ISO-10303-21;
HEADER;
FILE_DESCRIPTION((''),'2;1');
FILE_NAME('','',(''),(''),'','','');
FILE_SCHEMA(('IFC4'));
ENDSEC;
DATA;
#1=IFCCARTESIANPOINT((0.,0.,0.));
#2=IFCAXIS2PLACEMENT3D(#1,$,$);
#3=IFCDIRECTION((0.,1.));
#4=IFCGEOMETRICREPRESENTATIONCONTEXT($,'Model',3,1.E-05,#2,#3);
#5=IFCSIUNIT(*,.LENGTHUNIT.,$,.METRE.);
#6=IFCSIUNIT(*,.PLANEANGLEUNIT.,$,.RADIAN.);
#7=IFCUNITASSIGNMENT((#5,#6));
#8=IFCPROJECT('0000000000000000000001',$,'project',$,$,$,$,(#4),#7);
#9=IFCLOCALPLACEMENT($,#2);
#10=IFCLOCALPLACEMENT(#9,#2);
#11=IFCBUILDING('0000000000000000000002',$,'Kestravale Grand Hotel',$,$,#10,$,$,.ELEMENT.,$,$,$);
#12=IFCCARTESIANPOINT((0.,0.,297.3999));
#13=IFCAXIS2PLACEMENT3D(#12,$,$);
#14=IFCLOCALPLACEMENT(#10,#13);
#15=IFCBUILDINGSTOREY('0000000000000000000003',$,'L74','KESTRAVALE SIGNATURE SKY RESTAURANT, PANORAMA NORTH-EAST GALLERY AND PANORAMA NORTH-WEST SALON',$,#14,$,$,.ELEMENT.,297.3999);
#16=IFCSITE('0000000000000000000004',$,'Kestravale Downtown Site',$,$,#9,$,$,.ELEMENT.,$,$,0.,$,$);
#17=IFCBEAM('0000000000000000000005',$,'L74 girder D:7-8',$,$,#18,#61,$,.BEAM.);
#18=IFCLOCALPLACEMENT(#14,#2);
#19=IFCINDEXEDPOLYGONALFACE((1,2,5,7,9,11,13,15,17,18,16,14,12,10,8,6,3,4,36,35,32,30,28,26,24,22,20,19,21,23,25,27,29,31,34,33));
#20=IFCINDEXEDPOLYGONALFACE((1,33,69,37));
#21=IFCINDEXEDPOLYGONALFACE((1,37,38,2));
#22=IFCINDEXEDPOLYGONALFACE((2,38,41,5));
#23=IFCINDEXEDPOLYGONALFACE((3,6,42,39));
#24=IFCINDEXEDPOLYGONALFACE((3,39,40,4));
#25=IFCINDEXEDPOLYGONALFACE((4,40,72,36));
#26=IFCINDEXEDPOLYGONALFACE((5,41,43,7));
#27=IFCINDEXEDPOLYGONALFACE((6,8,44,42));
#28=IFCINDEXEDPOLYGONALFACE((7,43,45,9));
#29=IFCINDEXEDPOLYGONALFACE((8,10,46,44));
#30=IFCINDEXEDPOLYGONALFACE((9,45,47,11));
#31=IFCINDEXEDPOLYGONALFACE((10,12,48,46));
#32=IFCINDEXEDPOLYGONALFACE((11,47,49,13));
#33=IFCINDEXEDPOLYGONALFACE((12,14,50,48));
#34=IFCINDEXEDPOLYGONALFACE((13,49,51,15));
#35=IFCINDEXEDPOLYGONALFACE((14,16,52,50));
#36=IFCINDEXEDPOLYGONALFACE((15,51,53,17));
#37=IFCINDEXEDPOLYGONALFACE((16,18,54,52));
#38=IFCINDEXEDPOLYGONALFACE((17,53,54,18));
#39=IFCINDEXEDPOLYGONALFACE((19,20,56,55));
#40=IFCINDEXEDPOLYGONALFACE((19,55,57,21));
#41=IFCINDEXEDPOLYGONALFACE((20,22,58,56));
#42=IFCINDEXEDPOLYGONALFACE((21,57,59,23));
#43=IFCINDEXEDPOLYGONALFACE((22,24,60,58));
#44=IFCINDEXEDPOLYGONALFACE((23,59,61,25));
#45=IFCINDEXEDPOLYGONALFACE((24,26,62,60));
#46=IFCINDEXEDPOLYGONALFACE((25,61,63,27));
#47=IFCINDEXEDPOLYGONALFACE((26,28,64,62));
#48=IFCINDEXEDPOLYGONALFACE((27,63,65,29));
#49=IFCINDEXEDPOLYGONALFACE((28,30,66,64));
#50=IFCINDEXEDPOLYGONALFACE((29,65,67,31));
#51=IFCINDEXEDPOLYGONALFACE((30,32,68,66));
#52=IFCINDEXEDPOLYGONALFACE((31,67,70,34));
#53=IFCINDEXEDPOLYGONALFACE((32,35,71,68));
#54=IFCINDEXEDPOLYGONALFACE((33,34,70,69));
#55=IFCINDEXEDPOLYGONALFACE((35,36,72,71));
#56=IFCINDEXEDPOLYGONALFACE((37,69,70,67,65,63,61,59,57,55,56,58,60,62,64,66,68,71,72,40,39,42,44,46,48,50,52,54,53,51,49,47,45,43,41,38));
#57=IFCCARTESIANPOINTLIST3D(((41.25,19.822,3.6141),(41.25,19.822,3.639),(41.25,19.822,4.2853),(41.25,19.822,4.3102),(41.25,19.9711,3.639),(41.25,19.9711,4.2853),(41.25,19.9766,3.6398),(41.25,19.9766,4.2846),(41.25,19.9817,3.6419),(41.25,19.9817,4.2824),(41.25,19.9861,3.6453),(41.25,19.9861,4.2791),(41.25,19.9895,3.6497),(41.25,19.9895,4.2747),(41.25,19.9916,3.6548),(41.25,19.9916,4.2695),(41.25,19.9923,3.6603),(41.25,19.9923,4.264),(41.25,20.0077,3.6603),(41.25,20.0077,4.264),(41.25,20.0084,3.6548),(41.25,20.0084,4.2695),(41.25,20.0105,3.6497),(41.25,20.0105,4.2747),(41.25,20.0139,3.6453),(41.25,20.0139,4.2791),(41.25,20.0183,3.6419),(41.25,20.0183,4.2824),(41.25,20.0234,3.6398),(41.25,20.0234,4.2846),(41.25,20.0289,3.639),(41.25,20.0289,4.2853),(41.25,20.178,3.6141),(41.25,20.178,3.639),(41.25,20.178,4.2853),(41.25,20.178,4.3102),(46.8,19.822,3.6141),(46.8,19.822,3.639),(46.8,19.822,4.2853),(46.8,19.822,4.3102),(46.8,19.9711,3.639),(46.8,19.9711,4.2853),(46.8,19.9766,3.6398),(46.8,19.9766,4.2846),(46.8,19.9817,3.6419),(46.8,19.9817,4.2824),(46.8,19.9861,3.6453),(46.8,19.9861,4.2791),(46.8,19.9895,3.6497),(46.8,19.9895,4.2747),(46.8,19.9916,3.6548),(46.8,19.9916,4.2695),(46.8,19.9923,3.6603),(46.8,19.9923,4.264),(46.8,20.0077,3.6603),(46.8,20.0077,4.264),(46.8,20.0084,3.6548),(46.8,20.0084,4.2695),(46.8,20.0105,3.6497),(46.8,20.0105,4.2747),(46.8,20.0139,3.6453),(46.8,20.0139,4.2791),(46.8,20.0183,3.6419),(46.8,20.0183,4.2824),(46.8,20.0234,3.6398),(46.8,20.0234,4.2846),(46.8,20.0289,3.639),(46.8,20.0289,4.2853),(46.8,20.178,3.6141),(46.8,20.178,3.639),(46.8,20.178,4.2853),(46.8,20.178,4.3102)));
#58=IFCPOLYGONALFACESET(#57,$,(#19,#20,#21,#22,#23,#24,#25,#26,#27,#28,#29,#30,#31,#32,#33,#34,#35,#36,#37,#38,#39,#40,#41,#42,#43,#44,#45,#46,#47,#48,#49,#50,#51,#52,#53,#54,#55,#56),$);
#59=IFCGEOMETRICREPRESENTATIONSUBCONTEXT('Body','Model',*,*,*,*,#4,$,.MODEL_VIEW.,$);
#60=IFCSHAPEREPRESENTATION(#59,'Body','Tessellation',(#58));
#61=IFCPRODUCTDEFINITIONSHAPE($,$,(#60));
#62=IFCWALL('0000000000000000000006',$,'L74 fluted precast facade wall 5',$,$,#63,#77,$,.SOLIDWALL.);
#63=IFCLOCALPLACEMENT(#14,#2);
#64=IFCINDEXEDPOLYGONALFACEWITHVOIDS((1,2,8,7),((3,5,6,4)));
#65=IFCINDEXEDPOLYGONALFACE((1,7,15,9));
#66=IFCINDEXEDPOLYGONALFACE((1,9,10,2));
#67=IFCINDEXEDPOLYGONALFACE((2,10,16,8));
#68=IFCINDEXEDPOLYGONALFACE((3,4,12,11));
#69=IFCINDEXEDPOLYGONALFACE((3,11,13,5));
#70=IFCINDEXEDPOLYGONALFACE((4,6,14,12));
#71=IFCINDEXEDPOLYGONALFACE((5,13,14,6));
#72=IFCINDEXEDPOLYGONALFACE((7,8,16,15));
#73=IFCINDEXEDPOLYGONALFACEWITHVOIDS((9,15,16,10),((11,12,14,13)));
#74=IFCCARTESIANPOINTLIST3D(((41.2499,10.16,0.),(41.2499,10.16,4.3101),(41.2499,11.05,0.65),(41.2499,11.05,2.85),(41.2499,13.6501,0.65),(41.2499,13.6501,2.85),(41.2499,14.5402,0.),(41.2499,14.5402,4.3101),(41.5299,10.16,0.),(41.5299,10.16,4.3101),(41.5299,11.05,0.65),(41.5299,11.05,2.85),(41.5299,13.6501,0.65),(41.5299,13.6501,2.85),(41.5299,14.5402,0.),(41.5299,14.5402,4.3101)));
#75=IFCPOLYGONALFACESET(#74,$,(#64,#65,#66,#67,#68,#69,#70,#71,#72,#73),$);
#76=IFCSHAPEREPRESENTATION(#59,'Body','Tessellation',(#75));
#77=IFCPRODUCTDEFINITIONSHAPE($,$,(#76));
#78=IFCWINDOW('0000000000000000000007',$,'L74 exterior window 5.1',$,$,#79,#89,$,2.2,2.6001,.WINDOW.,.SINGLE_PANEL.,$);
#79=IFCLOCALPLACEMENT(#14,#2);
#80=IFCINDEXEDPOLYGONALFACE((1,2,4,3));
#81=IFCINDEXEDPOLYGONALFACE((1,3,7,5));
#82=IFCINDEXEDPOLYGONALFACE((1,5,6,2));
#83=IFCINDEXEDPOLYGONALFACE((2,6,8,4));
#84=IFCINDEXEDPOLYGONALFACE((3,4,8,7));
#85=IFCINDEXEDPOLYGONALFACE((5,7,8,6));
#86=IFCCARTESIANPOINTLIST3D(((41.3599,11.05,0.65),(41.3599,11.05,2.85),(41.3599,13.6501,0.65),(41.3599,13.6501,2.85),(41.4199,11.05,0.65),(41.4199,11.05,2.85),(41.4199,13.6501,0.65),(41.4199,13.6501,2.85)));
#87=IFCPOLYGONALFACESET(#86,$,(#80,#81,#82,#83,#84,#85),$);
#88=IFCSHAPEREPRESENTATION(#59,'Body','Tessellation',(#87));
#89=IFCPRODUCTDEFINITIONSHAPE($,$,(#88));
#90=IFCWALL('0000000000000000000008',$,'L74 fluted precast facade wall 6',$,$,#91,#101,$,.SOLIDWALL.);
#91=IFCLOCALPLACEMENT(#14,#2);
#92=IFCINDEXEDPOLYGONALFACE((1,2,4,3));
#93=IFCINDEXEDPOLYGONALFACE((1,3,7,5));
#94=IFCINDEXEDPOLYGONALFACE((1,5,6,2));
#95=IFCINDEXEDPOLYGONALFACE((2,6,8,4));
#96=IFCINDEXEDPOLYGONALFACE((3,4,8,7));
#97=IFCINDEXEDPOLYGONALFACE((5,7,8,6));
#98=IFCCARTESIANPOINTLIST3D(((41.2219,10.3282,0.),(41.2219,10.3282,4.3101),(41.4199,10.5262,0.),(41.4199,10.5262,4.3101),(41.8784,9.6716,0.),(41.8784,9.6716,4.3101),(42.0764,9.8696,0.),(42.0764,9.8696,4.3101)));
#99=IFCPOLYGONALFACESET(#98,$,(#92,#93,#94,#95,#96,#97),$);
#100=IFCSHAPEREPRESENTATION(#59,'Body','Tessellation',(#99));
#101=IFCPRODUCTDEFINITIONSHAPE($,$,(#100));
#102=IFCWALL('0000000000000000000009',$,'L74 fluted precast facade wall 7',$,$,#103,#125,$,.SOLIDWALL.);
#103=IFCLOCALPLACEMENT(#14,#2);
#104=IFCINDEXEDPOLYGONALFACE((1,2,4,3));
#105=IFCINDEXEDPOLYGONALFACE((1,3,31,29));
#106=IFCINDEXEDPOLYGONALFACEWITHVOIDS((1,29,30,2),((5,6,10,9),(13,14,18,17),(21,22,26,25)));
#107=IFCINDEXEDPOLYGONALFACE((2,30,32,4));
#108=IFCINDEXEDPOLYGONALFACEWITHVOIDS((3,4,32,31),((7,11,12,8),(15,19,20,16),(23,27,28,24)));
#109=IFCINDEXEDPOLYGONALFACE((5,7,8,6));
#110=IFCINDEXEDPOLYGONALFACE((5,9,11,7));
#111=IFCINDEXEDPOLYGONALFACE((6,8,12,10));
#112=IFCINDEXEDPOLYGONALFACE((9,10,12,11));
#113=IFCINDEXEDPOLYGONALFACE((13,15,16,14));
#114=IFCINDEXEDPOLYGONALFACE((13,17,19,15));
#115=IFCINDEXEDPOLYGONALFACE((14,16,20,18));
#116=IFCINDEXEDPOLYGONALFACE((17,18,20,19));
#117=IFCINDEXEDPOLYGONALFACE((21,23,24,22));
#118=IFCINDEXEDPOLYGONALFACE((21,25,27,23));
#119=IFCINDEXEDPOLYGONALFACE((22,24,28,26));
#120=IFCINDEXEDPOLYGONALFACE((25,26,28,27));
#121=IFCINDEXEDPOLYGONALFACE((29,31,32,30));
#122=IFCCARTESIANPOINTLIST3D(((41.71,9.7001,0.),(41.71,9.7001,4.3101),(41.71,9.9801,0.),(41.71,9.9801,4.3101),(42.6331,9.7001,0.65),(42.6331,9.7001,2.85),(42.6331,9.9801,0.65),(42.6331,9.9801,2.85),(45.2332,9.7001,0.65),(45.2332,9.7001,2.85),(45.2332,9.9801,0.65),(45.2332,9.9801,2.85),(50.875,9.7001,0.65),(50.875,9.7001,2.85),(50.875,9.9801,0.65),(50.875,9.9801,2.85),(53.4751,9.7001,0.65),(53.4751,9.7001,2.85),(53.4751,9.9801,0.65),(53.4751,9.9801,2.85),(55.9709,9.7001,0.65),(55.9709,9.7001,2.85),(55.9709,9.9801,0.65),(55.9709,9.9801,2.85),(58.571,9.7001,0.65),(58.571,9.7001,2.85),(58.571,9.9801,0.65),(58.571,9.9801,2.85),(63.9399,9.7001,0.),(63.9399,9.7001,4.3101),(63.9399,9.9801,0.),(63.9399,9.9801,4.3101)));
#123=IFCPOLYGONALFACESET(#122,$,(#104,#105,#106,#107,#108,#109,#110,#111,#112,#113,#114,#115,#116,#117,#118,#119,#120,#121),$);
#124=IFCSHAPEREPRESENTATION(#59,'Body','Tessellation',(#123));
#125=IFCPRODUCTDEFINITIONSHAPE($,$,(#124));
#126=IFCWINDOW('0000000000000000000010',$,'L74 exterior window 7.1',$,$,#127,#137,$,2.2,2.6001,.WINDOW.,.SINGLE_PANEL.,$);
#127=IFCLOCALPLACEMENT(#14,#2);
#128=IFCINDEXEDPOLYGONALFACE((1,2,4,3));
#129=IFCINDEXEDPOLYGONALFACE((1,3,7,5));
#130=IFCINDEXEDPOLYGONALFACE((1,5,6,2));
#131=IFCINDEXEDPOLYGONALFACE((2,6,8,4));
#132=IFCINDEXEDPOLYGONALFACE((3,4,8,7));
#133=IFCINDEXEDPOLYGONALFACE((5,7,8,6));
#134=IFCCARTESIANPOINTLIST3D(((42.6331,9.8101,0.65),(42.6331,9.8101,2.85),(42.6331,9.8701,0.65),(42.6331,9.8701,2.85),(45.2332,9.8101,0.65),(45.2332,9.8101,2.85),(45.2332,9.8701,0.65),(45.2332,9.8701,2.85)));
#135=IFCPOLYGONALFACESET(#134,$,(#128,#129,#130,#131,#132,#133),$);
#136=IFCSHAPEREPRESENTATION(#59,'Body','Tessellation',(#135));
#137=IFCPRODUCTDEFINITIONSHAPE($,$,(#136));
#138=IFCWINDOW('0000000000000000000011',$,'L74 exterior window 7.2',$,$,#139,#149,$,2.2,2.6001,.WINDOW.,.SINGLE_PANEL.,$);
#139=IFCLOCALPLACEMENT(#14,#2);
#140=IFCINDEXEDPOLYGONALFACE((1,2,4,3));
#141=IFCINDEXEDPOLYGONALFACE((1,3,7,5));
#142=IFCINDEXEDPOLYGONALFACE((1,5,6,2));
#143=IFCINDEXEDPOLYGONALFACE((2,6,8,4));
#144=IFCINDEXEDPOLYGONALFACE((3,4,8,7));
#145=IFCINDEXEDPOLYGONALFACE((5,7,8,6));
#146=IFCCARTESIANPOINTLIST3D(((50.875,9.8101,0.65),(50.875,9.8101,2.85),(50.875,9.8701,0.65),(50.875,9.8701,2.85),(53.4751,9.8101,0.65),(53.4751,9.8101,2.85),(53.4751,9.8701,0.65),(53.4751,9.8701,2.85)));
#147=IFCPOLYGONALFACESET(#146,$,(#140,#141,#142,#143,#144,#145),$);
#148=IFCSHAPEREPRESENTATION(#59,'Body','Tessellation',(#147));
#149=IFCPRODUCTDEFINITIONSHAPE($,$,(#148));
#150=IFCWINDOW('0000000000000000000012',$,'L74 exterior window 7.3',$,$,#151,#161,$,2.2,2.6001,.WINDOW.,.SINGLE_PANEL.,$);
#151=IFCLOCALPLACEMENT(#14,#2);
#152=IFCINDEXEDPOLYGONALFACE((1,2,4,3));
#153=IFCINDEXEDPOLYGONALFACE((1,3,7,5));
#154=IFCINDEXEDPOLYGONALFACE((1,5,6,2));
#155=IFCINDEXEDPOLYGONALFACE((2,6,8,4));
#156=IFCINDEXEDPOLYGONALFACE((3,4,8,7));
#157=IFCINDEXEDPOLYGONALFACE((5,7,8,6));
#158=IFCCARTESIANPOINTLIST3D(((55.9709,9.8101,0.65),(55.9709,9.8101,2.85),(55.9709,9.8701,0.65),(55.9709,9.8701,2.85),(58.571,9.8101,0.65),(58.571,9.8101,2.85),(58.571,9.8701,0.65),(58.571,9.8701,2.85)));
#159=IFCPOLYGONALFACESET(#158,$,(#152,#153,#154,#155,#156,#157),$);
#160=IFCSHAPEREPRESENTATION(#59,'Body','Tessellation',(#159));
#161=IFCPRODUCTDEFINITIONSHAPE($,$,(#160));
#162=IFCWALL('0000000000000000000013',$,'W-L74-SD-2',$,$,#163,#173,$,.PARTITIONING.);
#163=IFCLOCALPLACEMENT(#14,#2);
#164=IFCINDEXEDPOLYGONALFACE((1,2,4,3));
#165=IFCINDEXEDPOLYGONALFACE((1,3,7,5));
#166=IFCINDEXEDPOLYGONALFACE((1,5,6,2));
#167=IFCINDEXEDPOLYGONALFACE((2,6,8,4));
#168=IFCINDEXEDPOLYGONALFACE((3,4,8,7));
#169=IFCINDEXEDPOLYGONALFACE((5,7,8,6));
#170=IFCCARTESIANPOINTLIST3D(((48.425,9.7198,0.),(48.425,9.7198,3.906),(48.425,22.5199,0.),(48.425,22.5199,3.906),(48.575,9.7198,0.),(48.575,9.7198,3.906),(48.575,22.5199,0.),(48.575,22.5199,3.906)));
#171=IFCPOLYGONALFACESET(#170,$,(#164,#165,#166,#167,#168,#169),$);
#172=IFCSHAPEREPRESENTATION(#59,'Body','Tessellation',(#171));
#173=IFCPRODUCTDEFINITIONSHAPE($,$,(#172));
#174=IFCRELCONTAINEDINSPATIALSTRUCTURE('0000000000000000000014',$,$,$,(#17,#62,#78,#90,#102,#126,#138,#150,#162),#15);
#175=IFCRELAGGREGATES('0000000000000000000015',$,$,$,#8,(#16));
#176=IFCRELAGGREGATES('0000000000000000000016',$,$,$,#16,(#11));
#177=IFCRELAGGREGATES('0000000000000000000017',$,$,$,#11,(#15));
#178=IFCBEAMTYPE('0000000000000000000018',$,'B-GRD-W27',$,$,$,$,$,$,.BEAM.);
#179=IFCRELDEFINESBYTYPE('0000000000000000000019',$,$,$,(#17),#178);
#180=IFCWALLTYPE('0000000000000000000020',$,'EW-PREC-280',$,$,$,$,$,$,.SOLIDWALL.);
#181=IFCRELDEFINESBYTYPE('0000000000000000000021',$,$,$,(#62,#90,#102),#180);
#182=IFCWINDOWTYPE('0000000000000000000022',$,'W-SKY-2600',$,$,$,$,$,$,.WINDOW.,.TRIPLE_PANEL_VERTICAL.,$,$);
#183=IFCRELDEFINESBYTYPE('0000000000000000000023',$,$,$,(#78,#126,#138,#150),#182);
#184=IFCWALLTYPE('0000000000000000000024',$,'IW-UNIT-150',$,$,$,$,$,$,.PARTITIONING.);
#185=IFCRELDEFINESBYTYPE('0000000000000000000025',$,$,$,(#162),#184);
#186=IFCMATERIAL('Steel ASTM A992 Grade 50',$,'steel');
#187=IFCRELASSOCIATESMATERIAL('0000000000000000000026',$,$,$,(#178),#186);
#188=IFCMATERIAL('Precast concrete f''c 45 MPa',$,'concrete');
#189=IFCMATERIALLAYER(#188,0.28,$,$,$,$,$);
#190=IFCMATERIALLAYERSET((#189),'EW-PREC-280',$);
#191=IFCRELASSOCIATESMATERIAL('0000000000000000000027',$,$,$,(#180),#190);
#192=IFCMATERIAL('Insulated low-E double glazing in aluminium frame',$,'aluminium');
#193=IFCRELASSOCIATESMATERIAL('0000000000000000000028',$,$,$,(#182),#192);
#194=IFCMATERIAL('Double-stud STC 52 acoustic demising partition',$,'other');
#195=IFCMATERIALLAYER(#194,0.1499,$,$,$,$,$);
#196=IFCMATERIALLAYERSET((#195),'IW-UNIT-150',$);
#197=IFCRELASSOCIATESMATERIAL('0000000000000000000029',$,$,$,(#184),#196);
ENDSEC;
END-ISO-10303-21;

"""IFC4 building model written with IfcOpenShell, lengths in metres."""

from ifc_helpers import new_model, si_unit, direction, frame, frame_2d, origin, origin_2d, place, context, subcontext, project, spatial, rectangle, i_section, extrude, material, layer, layer_set, material_profile, profile_set, type_object, element, fill, save


model = new_model("IFC4")

# Units and contexts
model_context = context("Model", 3, precision=1e-05, world=origin(), true_north=direction((0.0, 1.0)))
body_context = subcontext(model_context, "Body", "Model", "MODEL_VIEW")
ifc_project = project(units=[si_unit("LENGTHUNIT", "METRE"), si_unit("PLANEANGLEUNIT", "RADIAN")], contexts=[model_context])

# Site, building, storey
site_placement = place(None, origin())
site = spatial("IfcSite", under=ifc_project, at=site_placement, Name="Kestravale Downtown Site", CompositionType="ELEMENT", RefElevation=0.0)
building_placement = place(site_placement, origin())
building = spatial("IfcBuilding", under=site, at=building_placement, Name="Kestravale Grand Hotel", CompositionType="ELEMENT")
storey_placement = place(building_placement, frame((0.0, 0.0, 297.3999)))
storey = spatial("IfcBuildingStorey", under=building, at=storey_placement, Name="L74", Description="KESTRAVALE SIGNATURE SKY RESTAURANT, PANORAMA NORTH-EAST GALLERY AND PANORAMA NORTH-WEST SALON", CompositionType="ELEMENT", Elevation=297.3999)

# Beam
ifc_material_1 = material(Name="Steel ASTM A992 Grade 50", Category="steel")
ifc_material_profile_1 = material_profile(ifc_material_1, i_section(OverallWidth=0.356, OverallDepth=0.696, WebThickness=0.0154, FlangeThickness=0.0249, FilletRadius=0.0212, at=origin_2d()))
ifc_profile_set_1 = profile_set([ifc_material_profile_1], Name="Steel ASTM A992 Grade 50")
beam_type_1 = type_object("IfcBeamType", Name="B-GRD-W27", PredefinedType="BEAM", material=ifc_profile_set_1)
beam_1_placement = place(storey_placement, frame((41.25, 20.0, 3.9622), z_axis=(1.0, 0.0, 0.0), x_axis=(0.0, 1.0, 0.0)))
element("IfcBeam", 1, at=beam_1_placement, inside=storey, type_object=beam_type_1, Name="L74 girder D:7-8", PredefinedType="BEAM", context=body_context, shape_type="SweptSolid", body=[
    extrude(i_section(OverallWidth=0.356, OverallDepth=0.696, WebThickness=0.0154, FlangeThickness=0.0249, FilletRadius=0.0212, at=origin_2d()), origin(), (0.0, 0.0, 1.0), 5.55),
])

# Wall, opening, window
ifc_material_2 = material(Name="Precast concrete f'c 45 MPa", Category="concrete")
ifc_layer_1 = layer(ifc_material_2, 0.28)
ifc_layer_set_1 = layer_set([ifc_layer_1], Name="EW-PREC-280")
wall_type_1 = type_object("IfcWallType", Name="EW-PREC-280", PredefinedType="SOLIDWALL", material=ifc_layer_set_1)
wall_1_placement = place(storey_placement, frame((41.3899, 14.54, 0.0), z_axis=(0.0, 0.0, 1.0), x_axis=(0.0, -1.0, 0.0)))
wall_1 = element("IfcWall", 2, at=wall_1_placement, inside=storey, type_object=wall_type_1, Name="L74 fluted precast facade wall 5", PredefinedType="SOLIDWALL", context=body_context, shape_type="SweptSolid", body=[
    extrude(rectangle(XDim=4.3801, YDim=0.28, at=frame_2d((2.1899, 0.0))), origin(), (0.0, 0.0, 1.0), 4.3101),
])
opening_1_placement = place(wall_1_placement, frame((0.8899, 0.0, 0.6499)))
opening_1 = element("IfcOpeningElement", 3, at=opening_1_placement, cuts=wall_1, PredefinedType="OPENING", context=body_context, shape_type="SweptSolid", body=[
    extrude(rectangle(XDim=2.6001, YDim=2.2, at=frame_2d((1.3, 1.1001))), frame((0.0, 0.1499, 0.0), z_axis=(0.0, -1.0, 0.0), x_axis=(1.0, 0.0, 0.0)), (0.0, 0.0, 1.0), 0.3),
])
ifc_material_3 = material(Name="Insulated low-E double glazing in aluminium frame", Category="aluminium")
window_type = type_object("IfcWindowType", Name="W-SKY-2600", PartitioningType="TRIPLE_PANEL_VERTICAL", PredefinedType="WINDOW", material=ifc_material_3)
window_1_placement = place(opening_1_placement, origin())
window_1 = element("IfcWindow", 4, at=window_1_placement, inside=storey, type_object=window_type, Name="L74 exterior window 5.1", OverallHeight=2.2, OverallWidth=2.6001, PartitioningType="SINGLE_PANEL", PredefinedType="WINDOW", context=body_context, shape_type="SweptSolid", body=[
    extrude(rectangle(XDim=2.6001, YDim=2.2, at=frame_2d((1.3, 1.1001))), frame((0.0, 0.03, 0.0), z_axis=(0.0, -1.0, 0.0), x_axis=(1.0, 0.0, 0.0)), (0.0, 0.0, 1.0), 0.0601),
])
fill(opening_1, window_1)

# Wall
wall_2_placement = place(storey_placement, frame((41.3208, 10.4272, 0.0), z_axis=(0.0, 0.0, 1.0), x_axis=(0.707107, -0.707107, 0.0)))
element("IfcWall", 5, at=wall_2_placement, inside=storey, type_object=wall_type_1, Name="L74 fluted precast facade wall 6", PredefinedType="SOLIDWALL", context=body_context, shape_type="SweptSolid", body=[
    extrude(rectangle(XDim=0.9285, YDim=0.28, at=frame_2d((0.4644, 0.0))), origin(), (0.0, 0.0, 1.0), 4.3101),
])

# Wall, openings, windows
wall_3_placement = place(storey_placement, frame((41.71, 9.8401, 0.0), z_axis=(0.0, 0.0, 1.0), x_axis=(1.0, 0.0, 0.0)))
wall_3 = element("IfcWall", 6, at=wall_3_placement, inside=storey, type_object=wall_type_1, Name="L74 fluted precast facade wall 7", PredefinedType="SOLIDWALL", context=body_context, shape_type="SweptSolid", body=[
    extrude(rectangle(XDim=22.23, YDim=0.28, at=frame_2d((11.115, 0.0))), origin(), (0.0, 0.0, 1.0), 4.3101),
])
opening_2_placement = place(wall_3_placement, frame((0.9231, 0.0, 0.6499)))
opening_2 = element("IfcOpeningElement", 7, at=opening_2_placement, cuts=wall_3, PredefinedType="OPENING", context=body_context, shape_type="SweptSolid", body=[
    extrude(rectangle(XDim=2.6001, YDim=2.2, at=frame_2d((1.3, 1.1001))), frame((0.0, 0.1499, 0.0), z_axis=(0.0, -1.0, 0.0), x_axis=(1.0, 0.0, 0.0)), (0.0, 0.0, 1.0), 0.3),
])
opening_3_placement = place(wall_3_placement, frame((9.165, 0.0, 0.6499)))
opening_3 = element("IfcOpeningElement", 8, at=opening_3_placement, cuts=wall_3, PredefinedType="OPENING", context=body_context, shape_type="SweptSolid", body=[
    extrude(rectangle(XDim=2.6001, YDim=2.2, at=frame_2d((1.3, 1.1001))), frame((0.0, 0.1499, 0.0), z_axis=(0.0, -1.0, 0.0), x_axis=(1.0, 0.0, 0.0)), (0.0, 0.0, 1.0), 0.3),
])
opening_4_placement = place(wall_3_placement, frame((14.261, 0.0, 0.6499)))
opening_4 = element("IfcOpeningElement", 9, at=opening_4_placement, cuts=wall_3, PredefinedType="OPENING", context=body_context, shape_type="SweptSolid", body=[
    extrude(rectangle(XDim=2.6001, YDim=2.2, at=frame_2d((1.3, 1.1001))), frame((0.0, 0.1499, 0.0), z_axis=(0.0, -1.0, 0.0), x_axis=(1.0, 0.0, 0.0)), (0.0, 0.0, 1.0), 0.3),
])
window_2_placement = place(opening_2_placement, origin())
window_2 = element("IfcWindow", 10, at=window_2_placement, inside=storey, type_object=window_type, Name="L74 exterior window 7.1", OverallHeight=2.2, OverallWidth=2.6001, PartitioningType="SINGLE_PANEL", PredefinedType="WINDOW", context=body_context, shape_type="SweptSolid", body=[
    extrude(rectangle(XDim=2.6001, YDim=2.2, at=frame_2d((1.3, 1.1001))), frame((0.0, 0.03, 0.0), z_axis=(0.0, -1.0, 0.0), x_axis=(1.0, 0.0, 0.0)), (0.0, 0.0, 1.0), 0.0601),
])
fill(opening_2, window_2)
window_3_placement = place(opening_3_placement, origin())
window_3 = element("IfcWindow", 11, at=window_3_placement, inside=storey, type_object=window_type, Name="L74 exterior window 7.2", OverallHeight=2.2, OverallWidth=2.6001, PartitioningType="SINGLE_PANEL", PredefinedType="WINDOW", context=body_context, shape_type="SweptSolid", body=[
    extrude(rectangle(XDim=2.6001, YDim=2.2, at=frame_2d((1.3, 1.1001))), frame((0.0, 0.03, 0.0), z_axis=(0.0, -1.0, 0.0), x_axis=(1.0, 0.0, 0.0)), (0.0, 0.0, 1.0), 0.0601),
])
fill(opening_3, window_3)
window_4_placement = place(opening_4_placement, origin())
window_4 = element("IfcWindow", 12, at=window_4_placement, inside=storey, type_object=window_type, Name="L74 exterior window 7.3", OverallHeight=2.2, OverallWidth=2.6001, PartitioningType="SINGLE_PANEL", PredefinedType="WINDOW", context=body_context, shape_type="SweptSolid", body=[
    extrude(rectangle(XDim=2.6001, YDim=2.2, at=frame_2d((1.3, 1.1001))), frame((0.0, 0.03, 0.0), z_axis=(0.0, -1.0, 0.0), x_axis=(1.0, 0.0, 0.0)), (0.0, 0.0, 1.0), 0.0601),
])
fill(opening_4, window_4)

# Wall
ifc_material_4 = material(Name="Double-stud STC 52 acoustic demising partition", Category="other")
ifc_layer_2 = layer(ifc_material_4, 0.1499)
ifc_layer_set_2 = layer_set([ifc_layer_2], Name="IW-UNIT-150")
wall_type_2 = type_object("IfcWallType", Name="IW-UNIT-150", PredefinedType="PARTITIONING", material=ifc_layer_set_2)
wall_4_placement = place(storey_placement, frame((48.5, 9.72, 0.0), z_axis=(0.0, 0.0, 1.0), x_axis=(0.0, 1.0, 0.0)))
element("IfcWall", 13, at=wall_4_placement, inside=storey, type_object=wall_type_2, Name="W-L74-SD-2", PredefinedType="PARTITIONING", context=body_context, shape_type="SweptSolid", body=[
    extrude(rectangle(XDim=12.8, YDim=0.1499, at=frame_2d((6.3999, 0.0))), origin(), (0.0, 0.0, 1.0), 3.906),
])

save(model, "model.ifc")
